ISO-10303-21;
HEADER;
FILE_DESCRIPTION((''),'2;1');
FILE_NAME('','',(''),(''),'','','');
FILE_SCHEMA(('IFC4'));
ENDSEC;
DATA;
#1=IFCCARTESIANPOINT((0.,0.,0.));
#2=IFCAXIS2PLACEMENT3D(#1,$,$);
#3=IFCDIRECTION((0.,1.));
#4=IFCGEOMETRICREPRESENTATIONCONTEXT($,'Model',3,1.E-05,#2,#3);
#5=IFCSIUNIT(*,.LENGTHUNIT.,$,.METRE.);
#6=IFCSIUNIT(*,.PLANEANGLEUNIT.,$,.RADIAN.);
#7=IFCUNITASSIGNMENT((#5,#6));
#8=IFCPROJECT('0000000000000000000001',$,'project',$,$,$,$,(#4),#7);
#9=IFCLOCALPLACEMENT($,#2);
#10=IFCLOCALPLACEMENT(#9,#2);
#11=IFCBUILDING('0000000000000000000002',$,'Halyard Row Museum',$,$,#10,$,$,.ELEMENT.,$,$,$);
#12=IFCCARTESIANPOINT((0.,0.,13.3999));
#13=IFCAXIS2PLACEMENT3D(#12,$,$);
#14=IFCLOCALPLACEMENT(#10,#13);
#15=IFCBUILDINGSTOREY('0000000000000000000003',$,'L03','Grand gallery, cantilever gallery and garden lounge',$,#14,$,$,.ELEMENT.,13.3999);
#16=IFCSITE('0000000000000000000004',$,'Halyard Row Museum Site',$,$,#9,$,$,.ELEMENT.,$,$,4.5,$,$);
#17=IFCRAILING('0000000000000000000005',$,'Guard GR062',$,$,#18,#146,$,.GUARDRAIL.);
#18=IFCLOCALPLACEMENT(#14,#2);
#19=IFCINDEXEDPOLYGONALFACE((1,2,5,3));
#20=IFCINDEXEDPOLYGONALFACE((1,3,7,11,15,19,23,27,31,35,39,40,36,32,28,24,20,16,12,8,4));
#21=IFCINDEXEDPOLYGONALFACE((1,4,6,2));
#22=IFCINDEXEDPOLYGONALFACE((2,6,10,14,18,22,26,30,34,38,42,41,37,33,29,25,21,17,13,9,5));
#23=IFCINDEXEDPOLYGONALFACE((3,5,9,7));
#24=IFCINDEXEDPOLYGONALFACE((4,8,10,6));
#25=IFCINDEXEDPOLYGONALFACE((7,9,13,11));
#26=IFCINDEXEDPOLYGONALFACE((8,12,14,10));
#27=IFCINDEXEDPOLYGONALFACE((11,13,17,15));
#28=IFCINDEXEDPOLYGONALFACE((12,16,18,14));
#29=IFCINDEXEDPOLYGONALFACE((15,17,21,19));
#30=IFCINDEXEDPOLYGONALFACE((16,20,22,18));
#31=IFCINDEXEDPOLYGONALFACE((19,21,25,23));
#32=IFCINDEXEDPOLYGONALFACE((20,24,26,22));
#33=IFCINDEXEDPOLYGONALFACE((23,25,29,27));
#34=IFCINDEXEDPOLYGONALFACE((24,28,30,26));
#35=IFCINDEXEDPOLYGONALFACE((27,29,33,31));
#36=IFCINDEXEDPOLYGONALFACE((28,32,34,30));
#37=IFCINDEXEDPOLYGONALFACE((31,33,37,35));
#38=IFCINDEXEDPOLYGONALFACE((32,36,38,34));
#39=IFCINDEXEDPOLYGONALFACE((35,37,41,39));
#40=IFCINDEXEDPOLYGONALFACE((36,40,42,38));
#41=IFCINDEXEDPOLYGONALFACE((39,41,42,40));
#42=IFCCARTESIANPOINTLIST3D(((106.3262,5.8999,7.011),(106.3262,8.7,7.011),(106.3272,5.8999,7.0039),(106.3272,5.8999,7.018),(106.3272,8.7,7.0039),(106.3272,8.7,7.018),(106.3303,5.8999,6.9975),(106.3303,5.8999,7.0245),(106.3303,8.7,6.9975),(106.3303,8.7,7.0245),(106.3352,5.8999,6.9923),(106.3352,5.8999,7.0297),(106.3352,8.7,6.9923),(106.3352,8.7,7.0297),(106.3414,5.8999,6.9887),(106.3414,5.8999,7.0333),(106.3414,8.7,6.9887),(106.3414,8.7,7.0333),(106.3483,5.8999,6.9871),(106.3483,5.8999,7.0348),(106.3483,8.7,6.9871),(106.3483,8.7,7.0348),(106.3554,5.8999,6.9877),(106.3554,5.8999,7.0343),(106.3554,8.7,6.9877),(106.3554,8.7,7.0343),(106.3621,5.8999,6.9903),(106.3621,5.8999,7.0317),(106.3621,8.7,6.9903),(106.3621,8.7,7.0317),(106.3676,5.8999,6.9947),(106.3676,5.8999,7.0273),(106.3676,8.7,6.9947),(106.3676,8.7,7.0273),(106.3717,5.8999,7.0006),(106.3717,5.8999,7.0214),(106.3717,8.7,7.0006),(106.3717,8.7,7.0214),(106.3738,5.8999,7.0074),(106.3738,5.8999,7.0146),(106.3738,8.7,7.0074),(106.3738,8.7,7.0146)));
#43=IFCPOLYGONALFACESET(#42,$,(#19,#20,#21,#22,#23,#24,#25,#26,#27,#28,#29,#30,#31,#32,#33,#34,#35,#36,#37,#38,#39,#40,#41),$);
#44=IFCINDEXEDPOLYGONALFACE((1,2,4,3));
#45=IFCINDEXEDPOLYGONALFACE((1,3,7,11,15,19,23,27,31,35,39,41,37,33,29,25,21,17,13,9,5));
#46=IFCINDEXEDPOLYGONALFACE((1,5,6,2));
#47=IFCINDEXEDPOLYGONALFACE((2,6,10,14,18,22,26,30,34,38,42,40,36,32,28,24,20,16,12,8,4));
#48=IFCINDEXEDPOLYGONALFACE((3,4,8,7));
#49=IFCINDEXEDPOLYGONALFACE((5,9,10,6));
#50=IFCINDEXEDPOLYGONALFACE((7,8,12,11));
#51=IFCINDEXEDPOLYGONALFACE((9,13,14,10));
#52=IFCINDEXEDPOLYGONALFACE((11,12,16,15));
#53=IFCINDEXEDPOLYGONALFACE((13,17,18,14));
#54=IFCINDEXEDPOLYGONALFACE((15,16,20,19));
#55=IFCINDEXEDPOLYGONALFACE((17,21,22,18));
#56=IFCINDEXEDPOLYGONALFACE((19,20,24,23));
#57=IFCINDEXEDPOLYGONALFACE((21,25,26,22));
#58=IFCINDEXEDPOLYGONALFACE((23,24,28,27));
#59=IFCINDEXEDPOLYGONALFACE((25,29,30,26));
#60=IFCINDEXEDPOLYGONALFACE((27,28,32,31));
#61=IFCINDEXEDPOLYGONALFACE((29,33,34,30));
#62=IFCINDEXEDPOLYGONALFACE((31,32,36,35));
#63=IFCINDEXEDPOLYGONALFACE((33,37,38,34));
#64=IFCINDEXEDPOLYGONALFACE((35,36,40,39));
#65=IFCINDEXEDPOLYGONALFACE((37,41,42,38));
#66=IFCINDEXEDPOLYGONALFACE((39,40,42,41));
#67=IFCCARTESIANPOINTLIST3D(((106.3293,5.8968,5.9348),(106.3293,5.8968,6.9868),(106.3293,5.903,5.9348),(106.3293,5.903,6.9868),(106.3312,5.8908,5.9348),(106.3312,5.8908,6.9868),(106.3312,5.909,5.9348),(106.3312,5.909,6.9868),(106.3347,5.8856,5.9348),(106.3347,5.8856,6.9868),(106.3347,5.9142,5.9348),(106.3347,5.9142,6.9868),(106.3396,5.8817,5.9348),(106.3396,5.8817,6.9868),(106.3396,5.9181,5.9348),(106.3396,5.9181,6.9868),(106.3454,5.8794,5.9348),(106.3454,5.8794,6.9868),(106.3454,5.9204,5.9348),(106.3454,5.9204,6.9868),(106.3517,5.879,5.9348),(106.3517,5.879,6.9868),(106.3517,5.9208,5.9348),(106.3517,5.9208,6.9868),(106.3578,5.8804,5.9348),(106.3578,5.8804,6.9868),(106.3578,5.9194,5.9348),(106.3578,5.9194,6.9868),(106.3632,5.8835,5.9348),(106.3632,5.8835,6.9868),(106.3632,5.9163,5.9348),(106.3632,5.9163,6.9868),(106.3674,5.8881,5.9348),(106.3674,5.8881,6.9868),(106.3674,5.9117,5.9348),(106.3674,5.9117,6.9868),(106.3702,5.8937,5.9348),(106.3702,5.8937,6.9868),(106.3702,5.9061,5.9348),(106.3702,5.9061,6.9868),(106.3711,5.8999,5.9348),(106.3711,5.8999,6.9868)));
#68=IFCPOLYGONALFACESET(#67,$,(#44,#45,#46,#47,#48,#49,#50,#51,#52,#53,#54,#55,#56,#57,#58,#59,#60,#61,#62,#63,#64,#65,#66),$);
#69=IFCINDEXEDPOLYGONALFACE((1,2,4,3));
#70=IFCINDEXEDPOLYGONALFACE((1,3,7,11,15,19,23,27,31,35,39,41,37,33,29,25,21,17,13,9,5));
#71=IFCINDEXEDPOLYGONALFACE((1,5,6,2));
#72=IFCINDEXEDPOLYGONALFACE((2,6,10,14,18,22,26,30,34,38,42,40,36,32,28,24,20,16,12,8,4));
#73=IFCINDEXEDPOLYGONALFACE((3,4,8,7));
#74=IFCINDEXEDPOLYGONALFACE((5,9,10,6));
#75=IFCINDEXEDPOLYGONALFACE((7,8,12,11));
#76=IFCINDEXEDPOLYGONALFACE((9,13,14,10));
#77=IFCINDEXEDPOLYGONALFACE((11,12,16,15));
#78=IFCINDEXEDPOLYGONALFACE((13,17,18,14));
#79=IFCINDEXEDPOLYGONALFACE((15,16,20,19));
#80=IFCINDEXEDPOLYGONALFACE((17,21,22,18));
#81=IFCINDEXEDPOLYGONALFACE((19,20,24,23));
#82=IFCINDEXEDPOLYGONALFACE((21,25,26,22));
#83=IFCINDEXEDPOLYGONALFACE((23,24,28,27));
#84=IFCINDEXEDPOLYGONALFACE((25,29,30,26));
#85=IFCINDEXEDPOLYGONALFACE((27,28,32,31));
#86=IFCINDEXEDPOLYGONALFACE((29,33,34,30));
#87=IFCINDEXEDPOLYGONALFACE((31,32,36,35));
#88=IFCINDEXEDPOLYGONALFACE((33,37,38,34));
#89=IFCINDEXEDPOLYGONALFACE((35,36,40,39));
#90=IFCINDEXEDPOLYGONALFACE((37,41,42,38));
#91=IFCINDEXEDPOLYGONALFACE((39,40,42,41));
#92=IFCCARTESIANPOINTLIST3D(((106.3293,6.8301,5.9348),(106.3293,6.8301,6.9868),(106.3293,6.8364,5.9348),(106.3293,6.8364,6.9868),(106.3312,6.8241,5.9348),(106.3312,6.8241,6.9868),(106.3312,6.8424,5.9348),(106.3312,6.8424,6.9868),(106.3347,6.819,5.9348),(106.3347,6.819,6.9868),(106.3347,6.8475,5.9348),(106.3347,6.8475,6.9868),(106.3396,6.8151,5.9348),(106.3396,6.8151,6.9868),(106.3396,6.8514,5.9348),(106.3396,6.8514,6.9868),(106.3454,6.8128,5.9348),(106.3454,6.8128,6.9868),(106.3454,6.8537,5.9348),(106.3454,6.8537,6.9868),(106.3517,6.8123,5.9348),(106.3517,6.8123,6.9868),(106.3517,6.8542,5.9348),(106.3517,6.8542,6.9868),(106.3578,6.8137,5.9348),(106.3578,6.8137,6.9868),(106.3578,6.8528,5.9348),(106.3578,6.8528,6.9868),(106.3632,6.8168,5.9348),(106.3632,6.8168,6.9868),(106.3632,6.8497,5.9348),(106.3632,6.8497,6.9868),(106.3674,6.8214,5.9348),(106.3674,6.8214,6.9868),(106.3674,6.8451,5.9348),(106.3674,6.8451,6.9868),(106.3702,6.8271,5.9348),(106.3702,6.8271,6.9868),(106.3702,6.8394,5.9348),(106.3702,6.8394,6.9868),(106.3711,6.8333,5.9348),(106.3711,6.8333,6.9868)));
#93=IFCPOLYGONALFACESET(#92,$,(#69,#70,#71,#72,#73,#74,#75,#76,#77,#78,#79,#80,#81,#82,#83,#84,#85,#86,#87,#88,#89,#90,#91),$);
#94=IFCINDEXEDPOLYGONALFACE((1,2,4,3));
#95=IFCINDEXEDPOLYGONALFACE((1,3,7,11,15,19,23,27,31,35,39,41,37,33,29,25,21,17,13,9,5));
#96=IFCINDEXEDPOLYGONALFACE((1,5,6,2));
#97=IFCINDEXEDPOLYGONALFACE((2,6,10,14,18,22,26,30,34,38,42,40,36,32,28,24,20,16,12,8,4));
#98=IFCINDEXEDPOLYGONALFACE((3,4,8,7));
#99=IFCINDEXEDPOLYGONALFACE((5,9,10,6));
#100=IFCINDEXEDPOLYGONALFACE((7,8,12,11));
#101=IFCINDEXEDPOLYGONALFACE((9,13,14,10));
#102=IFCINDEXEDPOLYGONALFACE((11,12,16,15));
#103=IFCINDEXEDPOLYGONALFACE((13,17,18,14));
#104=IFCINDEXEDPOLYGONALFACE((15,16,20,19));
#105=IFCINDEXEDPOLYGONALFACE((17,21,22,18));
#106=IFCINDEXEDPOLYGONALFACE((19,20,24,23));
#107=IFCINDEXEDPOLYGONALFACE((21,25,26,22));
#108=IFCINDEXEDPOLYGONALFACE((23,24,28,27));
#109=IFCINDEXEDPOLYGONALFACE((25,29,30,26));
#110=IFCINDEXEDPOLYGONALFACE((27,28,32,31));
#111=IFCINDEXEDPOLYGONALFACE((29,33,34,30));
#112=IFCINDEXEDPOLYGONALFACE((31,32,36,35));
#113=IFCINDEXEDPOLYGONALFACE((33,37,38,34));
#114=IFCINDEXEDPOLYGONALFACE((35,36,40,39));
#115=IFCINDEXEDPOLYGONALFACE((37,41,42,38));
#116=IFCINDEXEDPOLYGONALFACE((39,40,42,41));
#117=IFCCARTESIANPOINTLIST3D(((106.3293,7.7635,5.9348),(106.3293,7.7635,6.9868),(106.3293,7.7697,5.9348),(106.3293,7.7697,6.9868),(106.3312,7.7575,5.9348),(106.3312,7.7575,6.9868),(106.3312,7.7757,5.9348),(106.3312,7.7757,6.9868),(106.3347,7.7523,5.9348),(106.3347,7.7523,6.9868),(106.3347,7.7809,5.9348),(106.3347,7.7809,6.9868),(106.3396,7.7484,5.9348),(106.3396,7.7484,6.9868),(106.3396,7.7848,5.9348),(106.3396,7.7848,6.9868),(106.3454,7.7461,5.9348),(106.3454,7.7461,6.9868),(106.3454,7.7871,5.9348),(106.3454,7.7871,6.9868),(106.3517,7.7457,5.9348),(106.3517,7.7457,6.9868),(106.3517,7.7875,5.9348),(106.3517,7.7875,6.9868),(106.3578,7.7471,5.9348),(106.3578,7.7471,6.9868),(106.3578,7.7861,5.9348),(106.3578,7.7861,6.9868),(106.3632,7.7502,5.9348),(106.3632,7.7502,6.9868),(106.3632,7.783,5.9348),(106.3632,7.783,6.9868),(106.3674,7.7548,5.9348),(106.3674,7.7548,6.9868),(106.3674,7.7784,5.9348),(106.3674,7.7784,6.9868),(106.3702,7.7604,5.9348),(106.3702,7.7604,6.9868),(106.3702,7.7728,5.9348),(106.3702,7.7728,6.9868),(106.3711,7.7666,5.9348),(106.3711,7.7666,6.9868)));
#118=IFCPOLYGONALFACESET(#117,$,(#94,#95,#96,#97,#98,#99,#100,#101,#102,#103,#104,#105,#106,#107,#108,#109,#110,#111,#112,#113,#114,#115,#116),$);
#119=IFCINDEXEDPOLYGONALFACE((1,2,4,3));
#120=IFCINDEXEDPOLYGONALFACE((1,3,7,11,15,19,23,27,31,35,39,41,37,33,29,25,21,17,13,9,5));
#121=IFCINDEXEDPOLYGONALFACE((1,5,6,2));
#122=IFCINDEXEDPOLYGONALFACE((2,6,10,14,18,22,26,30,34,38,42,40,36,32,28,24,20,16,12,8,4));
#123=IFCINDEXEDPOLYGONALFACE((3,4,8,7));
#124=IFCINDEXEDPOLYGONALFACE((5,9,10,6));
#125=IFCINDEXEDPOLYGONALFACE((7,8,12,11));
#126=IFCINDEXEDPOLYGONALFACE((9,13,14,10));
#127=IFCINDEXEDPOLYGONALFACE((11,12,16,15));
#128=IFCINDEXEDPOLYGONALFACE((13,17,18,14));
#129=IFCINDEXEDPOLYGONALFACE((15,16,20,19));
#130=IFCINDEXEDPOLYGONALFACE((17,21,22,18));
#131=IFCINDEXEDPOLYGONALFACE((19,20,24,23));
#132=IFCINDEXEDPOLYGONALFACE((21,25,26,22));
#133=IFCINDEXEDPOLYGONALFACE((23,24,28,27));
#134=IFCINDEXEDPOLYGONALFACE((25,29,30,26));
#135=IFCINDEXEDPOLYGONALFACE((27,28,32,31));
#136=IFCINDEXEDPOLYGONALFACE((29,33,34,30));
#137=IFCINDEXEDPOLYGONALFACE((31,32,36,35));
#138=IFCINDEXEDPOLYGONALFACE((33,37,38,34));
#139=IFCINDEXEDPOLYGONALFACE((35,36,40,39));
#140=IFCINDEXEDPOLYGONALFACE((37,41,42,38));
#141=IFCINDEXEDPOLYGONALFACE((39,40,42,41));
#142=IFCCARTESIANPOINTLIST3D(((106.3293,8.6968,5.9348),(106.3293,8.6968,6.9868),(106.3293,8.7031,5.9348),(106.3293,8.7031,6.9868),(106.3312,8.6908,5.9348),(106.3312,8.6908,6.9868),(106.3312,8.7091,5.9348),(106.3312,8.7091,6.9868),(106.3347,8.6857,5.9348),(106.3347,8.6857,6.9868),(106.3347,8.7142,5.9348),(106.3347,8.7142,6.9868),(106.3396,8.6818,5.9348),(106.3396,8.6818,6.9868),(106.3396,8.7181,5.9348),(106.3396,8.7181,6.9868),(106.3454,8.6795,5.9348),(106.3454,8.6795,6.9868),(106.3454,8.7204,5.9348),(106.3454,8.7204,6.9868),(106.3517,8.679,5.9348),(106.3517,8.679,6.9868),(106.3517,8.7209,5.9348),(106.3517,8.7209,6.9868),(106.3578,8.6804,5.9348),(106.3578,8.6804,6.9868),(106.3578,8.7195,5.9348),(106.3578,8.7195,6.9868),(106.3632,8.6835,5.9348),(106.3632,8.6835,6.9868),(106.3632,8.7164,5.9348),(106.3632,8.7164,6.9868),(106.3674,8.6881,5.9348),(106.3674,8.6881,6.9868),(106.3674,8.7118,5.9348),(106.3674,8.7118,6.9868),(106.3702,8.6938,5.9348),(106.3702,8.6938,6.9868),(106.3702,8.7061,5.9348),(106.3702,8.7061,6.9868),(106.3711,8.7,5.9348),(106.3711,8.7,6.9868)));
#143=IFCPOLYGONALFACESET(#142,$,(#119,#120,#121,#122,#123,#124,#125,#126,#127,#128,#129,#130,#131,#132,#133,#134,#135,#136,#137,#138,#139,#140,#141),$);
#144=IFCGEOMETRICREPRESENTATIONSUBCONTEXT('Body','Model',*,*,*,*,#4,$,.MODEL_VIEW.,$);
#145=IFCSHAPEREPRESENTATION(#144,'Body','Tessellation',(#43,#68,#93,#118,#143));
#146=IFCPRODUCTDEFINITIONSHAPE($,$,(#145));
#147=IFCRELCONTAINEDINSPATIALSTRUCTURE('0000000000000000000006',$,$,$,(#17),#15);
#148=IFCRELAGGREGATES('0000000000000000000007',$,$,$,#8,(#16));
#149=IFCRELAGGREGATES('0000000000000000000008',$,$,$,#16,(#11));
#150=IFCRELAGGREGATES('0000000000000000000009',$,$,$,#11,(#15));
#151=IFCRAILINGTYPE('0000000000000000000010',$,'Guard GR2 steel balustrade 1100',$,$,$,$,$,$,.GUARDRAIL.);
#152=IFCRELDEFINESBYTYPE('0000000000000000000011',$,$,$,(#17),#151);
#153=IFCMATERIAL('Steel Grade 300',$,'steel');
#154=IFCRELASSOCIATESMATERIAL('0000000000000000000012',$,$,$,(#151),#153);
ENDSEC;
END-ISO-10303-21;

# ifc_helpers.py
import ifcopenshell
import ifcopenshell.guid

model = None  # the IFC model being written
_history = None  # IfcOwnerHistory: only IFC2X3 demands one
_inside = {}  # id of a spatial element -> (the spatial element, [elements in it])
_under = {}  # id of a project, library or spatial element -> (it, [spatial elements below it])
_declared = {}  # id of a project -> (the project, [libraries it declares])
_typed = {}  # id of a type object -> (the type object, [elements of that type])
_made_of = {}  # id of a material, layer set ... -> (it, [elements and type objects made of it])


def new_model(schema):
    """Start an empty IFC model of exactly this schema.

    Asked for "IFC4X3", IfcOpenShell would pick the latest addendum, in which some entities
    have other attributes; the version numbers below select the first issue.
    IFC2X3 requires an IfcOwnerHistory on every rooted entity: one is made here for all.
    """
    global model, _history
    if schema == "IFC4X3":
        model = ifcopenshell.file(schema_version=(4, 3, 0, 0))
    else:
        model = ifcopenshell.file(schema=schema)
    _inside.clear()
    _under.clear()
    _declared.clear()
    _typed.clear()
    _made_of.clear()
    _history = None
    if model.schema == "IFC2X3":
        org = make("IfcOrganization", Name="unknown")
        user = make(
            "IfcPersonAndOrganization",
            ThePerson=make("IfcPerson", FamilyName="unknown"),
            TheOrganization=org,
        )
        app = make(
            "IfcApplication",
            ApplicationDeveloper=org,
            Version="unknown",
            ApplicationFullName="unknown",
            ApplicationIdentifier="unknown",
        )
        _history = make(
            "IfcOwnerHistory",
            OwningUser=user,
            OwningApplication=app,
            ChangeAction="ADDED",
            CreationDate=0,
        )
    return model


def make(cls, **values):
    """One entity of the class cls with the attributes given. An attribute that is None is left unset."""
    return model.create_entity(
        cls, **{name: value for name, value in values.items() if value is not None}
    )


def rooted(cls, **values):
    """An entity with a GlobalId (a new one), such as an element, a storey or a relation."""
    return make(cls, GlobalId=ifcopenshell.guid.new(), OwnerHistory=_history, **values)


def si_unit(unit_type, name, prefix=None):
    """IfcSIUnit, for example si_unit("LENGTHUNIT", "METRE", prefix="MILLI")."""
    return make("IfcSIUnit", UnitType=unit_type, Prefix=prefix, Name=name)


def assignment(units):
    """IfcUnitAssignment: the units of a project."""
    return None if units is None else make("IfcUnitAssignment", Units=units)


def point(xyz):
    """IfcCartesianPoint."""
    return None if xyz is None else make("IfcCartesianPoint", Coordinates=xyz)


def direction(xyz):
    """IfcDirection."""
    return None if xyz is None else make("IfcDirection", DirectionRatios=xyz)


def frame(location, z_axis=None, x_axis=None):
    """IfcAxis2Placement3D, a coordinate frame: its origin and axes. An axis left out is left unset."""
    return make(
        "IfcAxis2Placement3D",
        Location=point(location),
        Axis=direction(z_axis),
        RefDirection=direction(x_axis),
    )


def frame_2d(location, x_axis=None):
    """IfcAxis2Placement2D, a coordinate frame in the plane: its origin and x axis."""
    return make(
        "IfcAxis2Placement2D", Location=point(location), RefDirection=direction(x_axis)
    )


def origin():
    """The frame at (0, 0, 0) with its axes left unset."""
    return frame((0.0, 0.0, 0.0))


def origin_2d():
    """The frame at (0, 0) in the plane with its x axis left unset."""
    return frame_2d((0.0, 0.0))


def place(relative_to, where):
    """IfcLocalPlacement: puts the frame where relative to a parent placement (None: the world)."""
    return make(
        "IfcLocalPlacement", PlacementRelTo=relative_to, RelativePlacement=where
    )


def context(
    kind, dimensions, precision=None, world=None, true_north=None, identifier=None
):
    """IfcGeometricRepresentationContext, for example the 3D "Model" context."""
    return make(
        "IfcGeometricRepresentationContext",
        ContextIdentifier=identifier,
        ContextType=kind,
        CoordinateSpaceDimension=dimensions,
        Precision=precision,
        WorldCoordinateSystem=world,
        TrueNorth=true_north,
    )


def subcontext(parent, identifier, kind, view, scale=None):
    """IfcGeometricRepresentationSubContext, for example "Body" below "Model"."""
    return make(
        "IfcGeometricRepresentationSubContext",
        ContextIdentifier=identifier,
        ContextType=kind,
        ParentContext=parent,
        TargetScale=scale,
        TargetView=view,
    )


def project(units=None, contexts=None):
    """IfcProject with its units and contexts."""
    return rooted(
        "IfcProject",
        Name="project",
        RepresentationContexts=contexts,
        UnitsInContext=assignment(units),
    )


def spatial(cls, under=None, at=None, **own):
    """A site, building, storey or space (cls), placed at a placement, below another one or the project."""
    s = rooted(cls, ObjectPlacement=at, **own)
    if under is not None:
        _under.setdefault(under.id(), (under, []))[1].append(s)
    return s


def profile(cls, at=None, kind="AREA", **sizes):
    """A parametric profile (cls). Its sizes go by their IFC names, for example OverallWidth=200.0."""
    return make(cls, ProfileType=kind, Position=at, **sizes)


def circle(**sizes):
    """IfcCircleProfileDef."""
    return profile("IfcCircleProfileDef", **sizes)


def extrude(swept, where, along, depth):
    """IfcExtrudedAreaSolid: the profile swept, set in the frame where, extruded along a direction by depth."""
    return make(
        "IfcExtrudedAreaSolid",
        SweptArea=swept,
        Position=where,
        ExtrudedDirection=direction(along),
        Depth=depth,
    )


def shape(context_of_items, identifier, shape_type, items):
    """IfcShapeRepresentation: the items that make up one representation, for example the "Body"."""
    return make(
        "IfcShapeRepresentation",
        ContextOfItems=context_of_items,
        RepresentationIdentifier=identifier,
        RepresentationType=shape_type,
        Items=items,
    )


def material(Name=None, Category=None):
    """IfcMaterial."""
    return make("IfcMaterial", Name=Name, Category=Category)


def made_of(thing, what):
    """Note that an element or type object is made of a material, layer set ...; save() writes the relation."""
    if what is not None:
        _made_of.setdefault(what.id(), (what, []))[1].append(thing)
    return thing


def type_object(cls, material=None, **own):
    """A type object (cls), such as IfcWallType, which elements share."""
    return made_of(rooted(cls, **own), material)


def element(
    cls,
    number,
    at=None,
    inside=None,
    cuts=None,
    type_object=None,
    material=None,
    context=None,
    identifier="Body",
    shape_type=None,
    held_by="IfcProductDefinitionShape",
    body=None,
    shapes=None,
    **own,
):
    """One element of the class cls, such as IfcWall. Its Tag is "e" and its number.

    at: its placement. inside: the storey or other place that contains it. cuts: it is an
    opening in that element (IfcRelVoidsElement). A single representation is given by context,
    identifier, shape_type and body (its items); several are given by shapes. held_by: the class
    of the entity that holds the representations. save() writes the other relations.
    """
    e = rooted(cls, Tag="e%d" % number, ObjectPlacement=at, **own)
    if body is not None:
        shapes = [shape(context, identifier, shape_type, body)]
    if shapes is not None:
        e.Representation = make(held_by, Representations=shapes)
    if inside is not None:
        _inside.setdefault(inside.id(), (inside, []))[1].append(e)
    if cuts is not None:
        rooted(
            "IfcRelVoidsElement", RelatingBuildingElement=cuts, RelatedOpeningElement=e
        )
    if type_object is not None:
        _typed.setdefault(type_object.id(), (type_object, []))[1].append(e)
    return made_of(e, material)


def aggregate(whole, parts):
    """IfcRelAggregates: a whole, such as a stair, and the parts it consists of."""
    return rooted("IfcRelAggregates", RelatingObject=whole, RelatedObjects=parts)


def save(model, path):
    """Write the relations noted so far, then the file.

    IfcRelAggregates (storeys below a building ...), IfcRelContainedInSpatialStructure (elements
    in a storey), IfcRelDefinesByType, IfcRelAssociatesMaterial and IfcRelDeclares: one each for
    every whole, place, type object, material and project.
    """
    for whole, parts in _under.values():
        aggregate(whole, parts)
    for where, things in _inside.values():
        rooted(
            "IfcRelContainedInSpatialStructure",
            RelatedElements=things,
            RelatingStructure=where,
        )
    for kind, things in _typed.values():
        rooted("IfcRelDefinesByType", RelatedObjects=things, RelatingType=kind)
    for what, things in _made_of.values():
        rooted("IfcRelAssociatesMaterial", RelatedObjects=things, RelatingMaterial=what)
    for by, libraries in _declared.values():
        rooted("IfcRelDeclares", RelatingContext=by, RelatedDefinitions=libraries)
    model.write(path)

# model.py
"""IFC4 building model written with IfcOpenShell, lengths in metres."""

from ifc_helpers import new_model, si_unit, direction, frame, origin, origin_2d, place, context, subcontext, project, spatial, circle, extrude, material, type_object, element, save


model = new_model("IFC4")

# Units and contexts
model_context = context("Model", 3, precision=1e-05, world=origin(), true_north=direction((0.0, 1.0)))
body_context = subcontext(model_context, "Body", "Model", "MODEL_VIEW")
ifc_project = project(units=[si_unit("LENGTHUNIT", "METRE"), si_unit("PLANEANGLEUNIT", "RADIAN")], contexts=[model_context])

# Site, building, storey
site_placement = place(None, origin())
site = spatial("IfcSite", under=ifc_project, at=site_placement, Name="Halyard Row Museum Site", CompositionType="ELEMENT", RefElevation=4.5)
building_placement = place(site_placement, origin())
building = spatial("IfcBuilding", under=site, at=building_placement, Name="Halyard Row Museum", CompositionType="ELEMENT")
storey_placement = place(building_placement, frame((0.0, 0.0, 13.3999)))
storey = spatial("IfcBuildingStorey", under=building, at=storey_placement, Name="L03", Description="Grand gallery, cantilever gallery and garden lounge", CompositionType="ELEMENT", Elevation=13.3999)

# Railing
ifc_material_1 = material(Name="Steel Grade 300", Category="steel")
railing_type_1 = type_object("IfcRailingType", Name="Guard GR2 steel balustrade 1100", PredefinedType="GUARDRAIL", material=ifc_material_1)
railing_1_placement = place(storey_placement, frame((106.3501, 5.8999, 5.9348)))
element("IfcRailing", 1, at=railing_1_placement, inside=storey, type_object=railing_type_1, Name="Guard GR062", PredefinedType="GUARDRAIL", context=body_context, shape_type="SweptSolid", body=[
    extrude(circle(Radius=0.0239, at=origin_2d()), frame((0.0, 0.0, 1.0762), z_axis=(0.0, 1.0, 0.0), x_axis=(-1.0, 0.0, 0.0)), (0.0, 0.0, 1.0), 2.8),
    extrude(circle(Radius=0.021, at=origin_2d()), origin(), (0.0, 0.0, 1.0), 1.052),
    extrude(circle(Radius=0.021, at=origin_2d()), frame((0.0, 0.9333, 0.0)), (0.0, 0.0, 1.0), 1.052),
    extrude(circle(Radius=0.021, at=origin_2d()), frame((0.0, 1.8667, 0.0)), (0.0, 0.0, 1.0), 1.052),
    extrude(circle(Radius=0.021, at=origin_2d()), frame((0.0, 2.8, 0.0)), (0.0, 0.0, 1.0), 1.052),
])

save(model, "model.ifc")
